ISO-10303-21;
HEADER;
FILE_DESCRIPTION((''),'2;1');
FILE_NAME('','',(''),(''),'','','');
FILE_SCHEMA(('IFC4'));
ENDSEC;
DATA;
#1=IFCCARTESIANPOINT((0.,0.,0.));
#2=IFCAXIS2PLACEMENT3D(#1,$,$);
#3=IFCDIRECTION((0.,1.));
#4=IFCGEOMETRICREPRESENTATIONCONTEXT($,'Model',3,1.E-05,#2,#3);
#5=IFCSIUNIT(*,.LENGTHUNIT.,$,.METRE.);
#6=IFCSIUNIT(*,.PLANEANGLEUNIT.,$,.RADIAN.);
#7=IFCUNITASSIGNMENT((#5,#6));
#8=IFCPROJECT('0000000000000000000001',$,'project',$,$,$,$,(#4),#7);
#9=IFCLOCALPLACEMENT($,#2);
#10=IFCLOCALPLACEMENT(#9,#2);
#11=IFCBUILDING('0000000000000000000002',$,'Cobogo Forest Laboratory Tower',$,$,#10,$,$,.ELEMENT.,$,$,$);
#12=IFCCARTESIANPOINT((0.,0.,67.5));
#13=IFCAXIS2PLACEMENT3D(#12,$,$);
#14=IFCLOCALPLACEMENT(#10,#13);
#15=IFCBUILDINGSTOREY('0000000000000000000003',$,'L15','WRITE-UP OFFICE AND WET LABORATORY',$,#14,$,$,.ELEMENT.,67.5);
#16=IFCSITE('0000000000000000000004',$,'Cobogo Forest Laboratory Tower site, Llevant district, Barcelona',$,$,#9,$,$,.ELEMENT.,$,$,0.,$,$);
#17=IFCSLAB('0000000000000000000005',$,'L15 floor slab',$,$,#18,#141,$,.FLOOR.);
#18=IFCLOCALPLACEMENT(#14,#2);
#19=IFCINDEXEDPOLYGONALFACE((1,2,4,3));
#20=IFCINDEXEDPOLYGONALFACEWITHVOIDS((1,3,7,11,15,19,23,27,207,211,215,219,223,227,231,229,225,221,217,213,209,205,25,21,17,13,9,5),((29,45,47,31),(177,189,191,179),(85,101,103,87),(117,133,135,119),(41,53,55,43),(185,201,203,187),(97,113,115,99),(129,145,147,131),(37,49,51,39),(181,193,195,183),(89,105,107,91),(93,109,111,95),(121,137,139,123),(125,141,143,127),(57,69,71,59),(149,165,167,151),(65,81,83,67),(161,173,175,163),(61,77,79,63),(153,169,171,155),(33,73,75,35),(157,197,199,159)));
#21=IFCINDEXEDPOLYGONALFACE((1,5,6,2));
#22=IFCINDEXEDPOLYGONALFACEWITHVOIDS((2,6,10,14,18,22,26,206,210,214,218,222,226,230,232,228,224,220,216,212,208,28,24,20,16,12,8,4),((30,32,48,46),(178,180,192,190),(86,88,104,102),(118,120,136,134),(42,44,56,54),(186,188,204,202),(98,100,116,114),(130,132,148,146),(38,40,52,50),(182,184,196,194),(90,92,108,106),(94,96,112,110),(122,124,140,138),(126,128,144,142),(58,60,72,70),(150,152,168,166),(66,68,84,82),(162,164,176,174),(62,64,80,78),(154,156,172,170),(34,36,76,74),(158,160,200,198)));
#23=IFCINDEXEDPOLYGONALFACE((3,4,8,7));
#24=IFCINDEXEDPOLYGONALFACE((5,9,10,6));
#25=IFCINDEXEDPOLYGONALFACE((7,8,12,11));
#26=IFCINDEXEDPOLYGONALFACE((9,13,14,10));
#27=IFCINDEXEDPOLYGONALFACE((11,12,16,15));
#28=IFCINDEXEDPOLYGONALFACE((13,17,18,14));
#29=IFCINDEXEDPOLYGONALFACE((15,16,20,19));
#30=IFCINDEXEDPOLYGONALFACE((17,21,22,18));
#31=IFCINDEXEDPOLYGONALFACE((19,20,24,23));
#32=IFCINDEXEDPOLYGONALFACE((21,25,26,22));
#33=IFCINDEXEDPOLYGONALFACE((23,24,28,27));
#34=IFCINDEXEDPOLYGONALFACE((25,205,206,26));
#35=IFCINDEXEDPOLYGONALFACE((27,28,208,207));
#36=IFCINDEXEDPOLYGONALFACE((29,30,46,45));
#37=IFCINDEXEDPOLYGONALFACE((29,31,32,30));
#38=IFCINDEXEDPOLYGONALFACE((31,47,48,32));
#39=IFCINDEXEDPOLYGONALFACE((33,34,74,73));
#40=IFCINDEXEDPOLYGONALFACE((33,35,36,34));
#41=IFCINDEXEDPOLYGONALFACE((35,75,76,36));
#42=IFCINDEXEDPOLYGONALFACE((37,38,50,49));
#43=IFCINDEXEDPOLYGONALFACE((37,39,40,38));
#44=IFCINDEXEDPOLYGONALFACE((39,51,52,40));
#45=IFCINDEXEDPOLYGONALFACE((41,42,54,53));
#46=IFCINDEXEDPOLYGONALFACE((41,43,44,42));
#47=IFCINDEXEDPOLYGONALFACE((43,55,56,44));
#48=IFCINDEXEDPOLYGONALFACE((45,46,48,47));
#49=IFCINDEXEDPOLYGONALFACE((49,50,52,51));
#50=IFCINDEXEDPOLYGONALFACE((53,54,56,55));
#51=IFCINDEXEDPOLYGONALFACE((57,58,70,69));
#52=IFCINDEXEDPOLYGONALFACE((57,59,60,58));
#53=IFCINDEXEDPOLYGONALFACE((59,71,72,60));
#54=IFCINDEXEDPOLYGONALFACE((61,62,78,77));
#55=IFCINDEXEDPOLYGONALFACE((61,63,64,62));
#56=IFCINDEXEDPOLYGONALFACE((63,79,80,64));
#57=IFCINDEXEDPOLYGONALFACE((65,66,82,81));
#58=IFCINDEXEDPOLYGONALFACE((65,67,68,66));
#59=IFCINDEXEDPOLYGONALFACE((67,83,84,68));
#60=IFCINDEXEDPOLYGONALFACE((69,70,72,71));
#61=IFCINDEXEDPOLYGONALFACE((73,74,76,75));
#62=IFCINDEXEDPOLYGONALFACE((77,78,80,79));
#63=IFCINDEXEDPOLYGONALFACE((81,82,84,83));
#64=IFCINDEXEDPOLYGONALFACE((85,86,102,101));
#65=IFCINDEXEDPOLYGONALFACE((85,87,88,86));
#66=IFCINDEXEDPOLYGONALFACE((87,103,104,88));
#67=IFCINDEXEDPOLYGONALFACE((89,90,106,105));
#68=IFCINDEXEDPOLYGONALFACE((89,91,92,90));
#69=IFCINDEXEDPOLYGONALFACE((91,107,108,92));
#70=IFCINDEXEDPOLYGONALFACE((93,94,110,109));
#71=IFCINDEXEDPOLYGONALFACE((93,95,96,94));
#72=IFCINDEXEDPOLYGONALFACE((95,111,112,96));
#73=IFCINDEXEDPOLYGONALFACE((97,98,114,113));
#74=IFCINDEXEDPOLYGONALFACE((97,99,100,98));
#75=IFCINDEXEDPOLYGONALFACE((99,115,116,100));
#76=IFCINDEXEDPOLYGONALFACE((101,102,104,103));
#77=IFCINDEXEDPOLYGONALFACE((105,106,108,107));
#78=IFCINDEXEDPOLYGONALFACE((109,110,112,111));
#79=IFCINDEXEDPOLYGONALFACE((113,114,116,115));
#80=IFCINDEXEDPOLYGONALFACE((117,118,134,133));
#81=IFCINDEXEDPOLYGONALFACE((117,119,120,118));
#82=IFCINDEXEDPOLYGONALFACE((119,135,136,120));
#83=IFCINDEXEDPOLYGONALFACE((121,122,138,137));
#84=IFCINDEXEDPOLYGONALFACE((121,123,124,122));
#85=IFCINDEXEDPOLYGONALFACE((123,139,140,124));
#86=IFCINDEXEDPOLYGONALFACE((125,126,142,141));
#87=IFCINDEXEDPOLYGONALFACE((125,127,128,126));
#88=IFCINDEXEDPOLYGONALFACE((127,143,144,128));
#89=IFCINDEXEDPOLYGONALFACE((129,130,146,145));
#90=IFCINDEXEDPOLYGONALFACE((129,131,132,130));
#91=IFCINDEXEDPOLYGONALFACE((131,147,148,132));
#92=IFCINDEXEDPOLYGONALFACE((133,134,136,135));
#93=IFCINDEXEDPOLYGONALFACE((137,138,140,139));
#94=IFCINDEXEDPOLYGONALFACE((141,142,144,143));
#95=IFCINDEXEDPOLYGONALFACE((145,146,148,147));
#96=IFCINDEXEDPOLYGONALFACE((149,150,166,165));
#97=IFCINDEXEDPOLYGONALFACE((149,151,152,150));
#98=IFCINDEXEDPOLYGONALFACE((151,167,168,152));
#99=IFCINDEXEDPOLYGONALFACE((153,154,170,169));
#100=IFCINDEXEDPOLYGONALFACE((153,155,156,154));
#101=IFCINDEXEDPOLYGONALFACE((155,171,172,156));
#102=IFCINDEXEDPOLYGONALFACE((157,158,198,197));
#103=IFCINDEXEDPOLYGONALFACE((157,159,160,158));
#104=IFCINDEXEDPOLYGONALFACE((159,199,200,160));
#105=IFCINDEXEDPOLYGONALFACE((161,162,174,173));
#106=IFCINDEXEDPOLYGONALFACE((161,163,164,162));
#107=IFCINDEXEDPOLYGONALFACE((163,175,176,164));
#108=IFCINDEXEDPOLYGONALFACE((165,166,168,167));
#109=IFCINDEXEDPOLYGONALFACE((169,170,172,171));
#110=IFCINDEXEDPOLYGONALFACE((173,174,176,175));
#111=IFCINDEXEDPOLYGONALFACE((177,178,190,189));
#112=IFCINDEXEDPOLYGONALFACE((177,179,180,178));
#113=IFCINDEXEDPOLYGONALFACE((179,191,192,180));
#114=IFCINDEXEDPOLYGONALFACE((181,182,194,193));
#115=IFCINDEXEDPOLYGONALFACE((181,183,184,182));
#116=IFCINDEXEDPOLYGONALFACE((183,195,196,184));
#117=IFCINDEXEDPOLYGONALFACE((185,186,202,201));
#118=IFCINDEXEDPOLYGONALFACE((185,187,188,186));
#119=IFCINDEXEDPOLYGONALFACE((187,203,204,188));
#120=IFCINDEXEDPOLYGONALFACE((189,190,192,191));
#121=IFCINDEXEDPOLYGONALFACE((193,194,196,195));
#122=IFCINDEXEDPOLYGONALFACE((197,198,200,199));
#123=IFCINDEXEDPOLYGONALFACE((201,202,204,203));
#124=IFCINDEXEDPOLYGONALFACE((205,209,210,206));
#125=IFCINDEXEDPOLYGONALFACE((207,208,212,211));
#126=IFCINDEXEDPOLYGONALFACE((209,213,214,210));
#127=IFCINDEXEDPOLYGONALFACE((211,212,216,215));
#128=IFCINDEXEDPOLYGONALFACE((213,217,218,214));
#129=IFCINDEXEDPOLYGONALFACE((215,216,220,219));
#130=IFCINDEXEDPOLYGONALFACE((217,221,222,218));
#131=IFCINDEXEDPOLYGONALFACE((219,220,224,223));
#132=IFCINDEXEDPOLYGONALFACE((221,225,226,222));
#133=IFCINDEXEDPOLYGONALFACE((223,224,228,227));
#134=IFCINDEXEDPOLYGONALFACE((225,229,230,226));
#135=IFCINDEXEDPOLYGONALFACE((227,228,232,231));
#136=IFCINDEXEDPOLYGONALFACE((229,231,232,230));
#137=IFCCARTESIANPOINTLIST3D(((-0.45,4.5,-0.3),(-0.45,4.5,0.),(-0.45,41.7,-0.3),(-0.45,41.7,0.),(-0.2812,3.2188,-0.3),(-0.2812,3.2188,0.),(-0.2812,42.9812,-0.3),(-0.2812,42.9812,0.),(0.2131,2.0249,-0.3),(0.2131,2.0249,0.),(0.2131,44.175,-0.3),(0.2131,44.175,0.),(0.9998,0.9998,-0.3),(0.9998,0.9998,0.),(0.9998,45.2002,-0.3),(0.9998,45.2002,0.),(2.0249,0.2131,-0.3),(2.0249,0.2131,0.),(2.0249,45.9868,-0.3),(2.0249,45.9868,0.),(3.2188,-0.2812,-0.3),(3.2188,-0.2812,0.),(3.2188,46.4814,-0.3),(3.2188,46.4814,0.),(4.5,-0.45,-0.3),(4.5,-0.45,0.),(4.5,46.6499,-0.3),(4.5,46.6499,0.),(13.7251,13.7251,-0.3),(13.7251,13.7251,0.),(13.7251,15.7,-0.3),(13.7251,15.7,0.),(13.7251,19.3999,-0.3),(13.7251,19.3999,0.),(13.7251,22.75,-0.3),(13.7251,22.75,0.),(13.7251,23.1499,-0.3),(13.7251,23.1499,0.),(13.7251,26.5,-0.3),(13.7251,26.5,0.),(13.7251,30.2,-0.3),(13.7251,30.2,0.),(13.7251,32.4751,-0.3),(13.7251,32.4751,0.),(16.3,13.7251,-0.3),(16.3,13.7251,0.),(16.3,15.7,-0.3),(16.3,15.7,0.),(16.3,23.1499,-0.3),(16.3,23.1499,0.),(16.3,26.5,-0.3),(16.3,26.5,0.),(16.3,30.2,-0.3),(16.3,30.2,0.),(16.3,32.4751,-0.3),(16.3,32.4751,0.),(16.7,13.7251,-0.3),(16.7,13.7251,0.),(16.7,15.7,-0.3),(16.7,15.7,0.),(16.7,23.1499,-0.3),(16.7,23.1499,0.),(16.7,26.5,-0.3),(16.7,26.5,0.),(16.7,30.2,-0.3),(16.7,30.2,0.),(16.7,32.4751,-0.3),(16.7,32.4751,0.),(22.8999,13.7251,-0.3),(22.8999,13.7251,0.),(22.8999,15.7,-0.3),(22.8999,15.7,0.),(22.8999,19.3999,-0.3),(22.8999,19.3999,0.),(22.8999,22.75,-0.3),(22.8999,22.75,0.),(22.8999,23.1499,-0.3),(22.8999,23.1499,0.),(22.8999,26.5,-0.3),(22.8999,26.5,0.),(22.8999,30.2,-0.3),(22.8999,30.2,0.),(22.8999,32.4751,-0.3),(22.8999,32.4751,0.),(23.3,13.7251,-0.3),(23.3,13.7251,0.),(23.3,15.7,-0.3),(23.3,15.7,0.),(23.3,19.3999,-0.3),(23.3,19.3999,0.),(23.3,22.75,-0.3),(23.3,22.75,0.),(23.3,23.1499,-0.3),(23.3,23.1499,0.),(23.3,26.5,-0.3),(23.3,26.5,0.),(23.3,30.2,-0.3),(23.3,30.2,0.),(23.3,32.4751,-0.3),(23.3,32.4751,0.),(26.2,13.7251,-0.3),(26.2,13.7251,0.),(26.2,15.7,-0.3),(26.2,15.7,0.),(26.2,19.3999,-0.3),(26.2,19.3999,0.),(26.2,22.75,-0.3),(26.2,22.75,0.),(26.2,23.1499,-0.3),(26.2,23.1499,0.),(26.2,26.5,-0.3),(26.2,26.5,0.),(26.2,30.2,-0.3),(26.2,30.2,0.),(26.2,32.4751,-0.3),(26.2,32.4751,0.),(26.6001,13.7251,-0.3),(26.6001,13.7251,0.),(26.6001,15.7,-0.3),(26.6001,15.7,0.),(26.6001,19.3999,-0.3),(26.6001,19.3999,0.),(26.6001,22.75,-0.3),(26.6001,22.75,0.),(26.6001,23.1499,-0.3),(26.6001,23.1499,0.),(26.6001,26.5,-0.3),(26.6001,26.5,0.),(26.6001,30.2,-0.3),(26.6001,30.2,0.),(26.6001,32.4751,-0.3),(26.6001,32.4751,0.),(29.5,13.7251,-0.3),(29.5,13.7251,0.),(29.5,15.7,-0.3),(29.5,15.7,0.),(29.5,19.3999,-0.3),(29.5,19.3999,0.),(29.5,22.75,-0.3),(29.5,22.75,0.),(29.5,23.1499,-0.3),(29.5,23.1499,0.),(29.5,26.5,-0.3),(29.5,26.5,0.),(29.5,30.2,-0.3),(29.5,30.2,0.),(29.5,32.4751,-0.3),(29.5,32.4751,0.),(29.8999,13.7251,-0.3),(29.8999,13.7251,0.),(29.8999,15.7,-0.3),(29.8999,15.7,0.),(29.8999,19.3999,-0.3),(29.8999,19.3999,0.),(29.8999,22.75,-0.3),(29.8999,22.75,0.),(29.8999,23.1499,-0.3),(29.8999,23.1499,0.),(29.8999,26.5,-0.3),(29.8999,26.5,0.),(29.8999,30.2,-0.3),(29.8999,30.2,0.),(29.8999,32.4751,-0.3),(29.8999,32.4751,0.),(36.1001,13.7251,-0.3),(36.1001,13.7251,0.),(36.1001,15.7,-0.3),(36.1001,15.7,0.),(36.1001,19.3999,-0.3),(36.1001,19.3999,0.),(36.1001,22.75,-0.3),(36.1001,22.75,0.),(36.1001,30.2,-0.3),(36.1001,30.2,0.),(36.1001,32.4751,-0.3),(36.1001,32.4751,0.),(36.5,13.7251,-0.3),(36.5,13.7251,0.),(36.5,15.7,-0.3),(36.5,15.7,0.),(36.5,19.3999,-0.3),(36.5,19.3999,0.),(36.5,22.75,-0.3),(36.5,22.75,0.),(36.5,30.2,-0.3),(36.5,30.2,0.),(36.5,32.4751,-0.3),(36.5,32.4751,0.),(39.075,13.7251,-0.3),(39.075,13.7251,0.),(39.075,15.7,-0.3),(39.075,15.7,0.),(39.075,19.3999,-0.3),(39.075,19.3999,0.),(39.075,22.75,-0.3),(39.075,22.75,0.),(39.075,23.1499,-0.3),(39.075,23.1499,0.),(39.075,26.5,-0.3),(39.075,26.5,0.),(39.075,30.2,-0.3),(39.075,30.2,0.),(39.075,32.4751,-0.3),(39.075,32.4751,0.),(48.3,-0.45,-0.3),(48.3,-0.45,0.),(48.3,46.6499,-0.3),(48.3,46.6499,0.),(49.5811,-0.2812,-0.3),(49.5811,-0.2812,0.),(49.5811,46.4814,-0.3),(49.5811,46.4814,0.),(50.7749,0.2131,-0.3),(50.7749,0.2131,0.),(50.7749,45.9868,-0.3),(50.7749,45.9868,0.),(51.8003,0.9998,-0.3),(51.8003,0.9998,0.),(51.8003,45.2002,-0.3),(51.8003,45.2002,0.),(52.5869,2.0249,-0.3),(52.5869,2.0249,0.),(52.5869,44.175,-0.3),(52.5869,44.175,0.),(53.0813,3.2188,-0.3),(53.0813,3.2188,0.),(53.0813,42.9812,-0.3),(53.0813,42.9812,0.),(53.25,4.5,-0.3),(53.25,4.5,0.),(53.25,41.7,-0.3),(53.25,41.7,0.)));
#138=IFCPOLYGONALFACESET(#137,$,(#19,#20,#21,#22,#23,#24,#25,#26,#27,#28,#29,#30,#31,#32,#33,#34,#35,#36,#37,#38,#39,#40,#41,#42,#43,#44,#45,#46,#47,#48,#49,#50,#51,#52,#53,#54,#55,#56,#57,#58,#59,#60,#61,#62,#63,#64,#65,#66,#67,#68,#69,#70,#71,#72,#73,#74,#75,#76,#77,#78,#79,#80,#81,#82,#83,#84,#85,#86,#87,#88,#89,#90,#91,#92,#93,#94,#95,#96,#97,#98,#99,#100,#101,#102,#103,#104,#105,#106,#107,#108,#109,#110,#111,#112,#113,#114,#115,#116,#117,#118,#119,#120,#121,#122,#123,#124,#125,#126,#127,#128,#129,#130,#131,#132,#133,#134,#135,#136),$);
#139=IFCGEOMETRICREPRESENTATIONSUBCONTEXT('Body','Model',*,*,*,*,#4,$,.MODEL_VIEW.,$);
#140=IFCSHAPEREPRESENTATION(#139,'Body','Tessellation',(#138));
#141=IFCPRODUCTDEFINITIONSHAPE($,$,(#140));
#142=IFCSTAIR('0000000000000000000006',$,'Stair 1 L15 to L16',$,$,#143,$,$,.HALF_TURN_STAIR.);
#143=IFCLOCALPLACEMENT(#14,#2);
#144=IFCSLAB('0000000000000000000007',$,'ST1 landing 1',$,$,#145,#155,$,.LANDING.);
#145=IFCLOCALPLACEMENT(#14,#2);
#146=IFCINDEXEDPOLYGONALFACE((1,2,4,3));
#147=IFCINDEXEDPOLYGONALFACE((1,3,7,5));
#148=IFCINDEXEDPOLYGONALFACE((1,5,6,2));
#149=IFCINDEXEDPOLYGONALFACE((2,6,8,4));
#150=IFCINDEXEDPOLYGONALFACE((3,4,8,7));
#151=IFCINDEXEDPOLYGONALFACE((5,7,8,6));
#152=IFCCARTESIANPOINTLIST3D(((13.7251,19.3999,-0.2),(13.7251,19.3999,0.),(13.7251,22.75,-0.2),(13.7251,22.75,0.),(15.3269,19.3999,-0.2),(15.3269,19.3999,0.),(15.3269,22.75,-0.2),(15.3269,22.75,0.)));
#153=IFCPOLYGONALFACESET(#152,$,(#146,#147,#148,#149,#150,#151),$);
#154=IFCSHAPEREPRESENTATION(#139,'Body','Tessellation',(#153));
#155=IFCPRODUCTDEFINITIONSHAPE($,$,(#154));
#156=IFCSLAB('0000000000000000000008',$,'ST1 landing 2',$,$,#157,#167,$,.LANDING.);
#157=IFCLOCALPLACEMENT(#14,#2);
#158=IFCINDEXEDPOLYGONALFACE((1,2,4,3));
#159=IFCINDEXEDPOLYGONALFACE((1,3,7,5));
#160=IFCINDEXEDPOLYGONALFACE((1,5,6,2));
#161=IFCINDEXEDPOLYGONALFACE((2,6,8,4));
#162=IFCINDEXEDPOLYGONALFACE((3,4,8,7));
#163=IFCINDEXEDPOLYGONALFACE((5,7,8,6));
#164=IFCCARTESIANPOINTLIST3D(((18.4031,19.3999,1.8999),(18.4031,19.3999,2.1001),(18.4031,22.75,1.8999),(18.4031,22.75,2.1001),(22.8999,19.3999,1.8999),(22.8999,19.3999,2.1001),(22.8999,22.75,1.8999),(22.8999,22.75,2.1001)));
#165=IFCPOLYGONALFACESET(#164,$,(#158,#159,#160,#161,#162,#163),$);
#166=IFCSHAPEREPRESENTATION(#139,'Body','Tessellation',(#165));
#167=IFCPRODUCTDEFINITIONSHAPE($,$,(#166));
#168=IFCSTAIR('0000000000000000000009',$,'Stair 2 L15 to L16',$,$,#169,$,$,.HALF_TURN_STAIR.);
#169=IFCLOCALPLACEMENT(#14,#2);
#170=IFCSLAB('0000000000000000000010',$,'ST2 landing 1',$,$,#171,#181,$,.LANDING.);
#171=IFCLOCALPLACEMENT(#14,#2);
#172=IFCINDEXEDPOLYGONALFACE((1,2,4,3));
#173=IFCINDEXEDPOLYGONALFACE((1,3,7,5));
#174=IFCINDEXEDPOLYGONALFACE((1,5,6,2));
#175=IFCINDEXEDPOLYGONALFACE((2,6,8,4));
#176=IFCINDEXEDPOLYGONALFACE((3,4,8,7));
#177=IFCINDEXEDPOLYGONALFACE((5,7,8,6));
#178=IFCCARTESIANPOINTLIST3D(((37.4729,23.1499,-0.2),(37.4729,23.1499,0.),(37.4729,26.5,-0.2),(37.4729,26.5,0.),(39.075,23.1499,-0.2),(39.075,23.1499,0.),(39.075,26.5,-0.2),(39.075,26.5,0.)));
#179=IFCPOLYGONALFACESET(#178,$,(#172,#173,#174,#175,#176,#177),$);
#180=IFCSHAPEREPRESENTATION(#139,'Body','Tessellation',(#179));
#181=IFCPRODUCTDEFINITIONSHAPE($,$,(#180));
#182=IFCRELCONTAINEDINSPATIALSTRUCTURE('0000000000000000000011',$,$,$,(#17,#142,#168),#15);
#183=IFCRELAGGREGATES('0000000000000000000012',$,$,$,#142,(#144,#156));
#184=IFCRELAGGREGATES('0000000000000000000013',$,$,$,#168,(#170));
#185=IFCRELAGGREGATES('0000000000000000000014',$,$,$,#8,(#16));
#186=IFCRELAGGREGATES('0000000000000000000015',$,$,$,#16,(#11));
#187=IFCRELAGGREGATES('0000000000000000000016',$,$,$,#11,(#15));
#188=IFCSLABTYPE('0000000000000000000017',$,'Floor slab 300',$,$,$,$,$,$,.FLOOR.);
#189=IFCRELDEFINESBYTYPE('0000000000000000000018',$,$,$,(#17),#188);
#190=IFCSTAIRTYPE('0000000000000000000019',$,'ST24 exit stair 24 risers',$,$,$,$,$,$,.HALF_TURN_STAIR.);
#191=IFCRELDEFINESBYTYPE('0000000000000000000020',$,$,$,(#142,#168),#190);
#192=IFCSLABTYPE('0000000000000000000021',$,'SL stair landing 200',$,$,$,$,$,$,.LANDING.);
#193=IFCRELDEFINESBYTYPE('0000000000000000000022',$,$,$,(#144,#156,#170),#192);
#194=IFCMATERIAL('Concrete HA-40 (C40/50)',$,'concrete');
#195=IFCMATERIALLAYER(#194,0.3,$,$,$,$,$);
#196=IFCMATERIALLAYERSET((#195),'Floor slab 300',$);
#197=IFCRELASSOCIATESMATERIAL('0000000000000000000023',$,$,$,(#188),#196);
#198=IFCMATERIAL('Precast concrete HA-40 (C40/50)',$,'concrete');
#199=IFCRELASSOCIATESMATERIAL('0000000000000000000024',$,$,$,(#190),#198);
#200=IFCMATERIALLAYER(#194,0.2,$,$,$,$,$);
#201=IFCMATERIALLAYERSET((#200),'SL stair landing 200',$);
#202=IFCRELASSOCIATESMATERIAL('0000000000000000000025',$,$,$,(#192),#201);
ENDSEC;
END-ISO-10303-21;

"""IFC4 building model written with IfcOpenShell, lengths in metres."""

from ifc_helpers import new_model, si_unit, direction, frame, origin, place, context, subcontext, project, spatial, polyline, outline, extrude, material, layer, layer_set, type_object, element, aggregate, save


model = new_model("IFC4")

# Units and contexts
model_context = context("Model", 3, precision=1e-05, world=origin(), true_north=direction((0.0, 1.0)))
body_context = subcontext(model_context, "Body", "Model", "MODEL_VIEW")
ifc_project = project(units=[si_unit("LENGTHUNIT", "METRE"), si_unit("PLANEANGLEUNIT", "RADIAN")], contexts=[model_context])

# Site, building, storey
site_placement = place(None, origin())
site = spatial("IfcSite", under=ifc_project, at=site_placement, Name="Cobogo Forest Laboratory Tower site, Llevant district, Barcelona", CompositionType="ELEMENT", RefElevation=0.0)
building_placement = place(site_placement, origin())
building = spatial("IfcBuilding", under=site, at=building_placement, Name="Cobogo Forest Laboratory Tower", CompositionType="ELEMENT")
storey_placement = place(building_placement, frame((0.0, 0.0, 67.5)))
storey = spatial("IfcBuildingStorey", under=building, at=storey_placement, Name="L15", Description="WRITE-UP OFFICE AND WET LABORATORY", CompositionType="ELEMENT", Elevation=67.5)

# Slab
ifc_material_1 = material(Name="Concrete HA-40 (C40/50)", Category="concrete")
ifc_layer_1 = layer(ifc_material_1, 0.3)
ifc_layer_set_1 = layer_set([ifc_layer_1], Name="Floor slab 300")
slab_type_1 = type_object("IfcSlabType", Name="Floor slab 300", PredefinedType="FLOOR", material=ifc_layer_set_1)
slab_1_placement = place(storey_placement, frame((0.0, 0.0, -0.3)))
element("IfcSlab", 1, at=slab_1_placement, inside=storey, type_object=slab_type_1, Name="L15 floor slab", PredefinedType="FLOOR", context=body_context, shape_type="SweptSolid", body=[
    extrude(outline(polyline([(48.3, -0.45), (49.5811, -0.2812), (50.7749, 0.2131), (51.8003, 0.9998), (52.5869, 2.0249), (53.0813, 3.2188), (53.25, 4.5), (53.25, 41.7), (53.0813, 42.9812), (52.5869, 44.175), (51.8003, 45.2002), (50.7749, 45.9868), (49.5811, 46.4814), (48.3, 46.6499), (4.5, 46.6499), (3.2188, 46.4814), (2.0249, 45.9868), (0.9998, 45.2002), (0.2131, 44.175), (-0.2812, 42.9812), (-0.45, 41.7), (-0.45, 4.5), (-0.2812, 3.2188), (0.2131, 2.0249), (0.9998, 0.9998), (2.0249, 0.2131), (3.2188, -0.2812), (4.5, -0.45), (48.3, -0.45)]), holes=[polyline([(16.3, 13.7251), (13.7251, 13.7251), (13.7251, 15.7), (16.3, 15.7), (16.3, 13.7251)]), polyline([(22.8999, 15.7), (22.8999, 13.7251), (16.7, 13.7251), (16.7, 15.7), (22.8999, 15.7)]), polyline([(23.3, 13.7251), (23.3, 15.7), (26.2, 15.7), (26.2, 13.7251), (23.3, 13.7251)]), polyline([(29.5, 13.7251), (26.6001, 13.7251), (26.6001, 15.7), (29.5, 15.7), (29.5, 13.7251)]), polyline([(36.1001, 15.7), (36.1001, 13.7251), (29.8999, 13.7251), (29.8999, 15.7), (36.1001, 15.7)]), polyline([(36.5, 13.7251), (36.5, 15.7), (39.075, 15.7), (39.075, 13.7251), (36.5, 13.7251)]), polyline([(13.7251, 19.3999), (13.7251, 22.75), (22.8999, 22.75), (22.8999, 19.3999), (13.7251, 19.3999)]), polyline([(23.3, 19.3999), (23.3, 22.75), (26.2, 22.75), (26.2, 19.3999), (23.3, 19.3999)]), polyline([(26.6001, 19.3999), (26.6001, 22.75), (29.5, 22.75), (29.5, 19.3999), (26.6001, 19.3999)]), polyline([(36.1001, 22.75), (36.1001, 19.3999), (29.8999, 19.3999), (29.8999, 22.75), (36.1001, 22.75)]), polyline([(39.075, 19.3999), (36.5, 19.3999), (36.5, 22.75), (39.075, 22.75), (39.075, 19.3999)]), polyline([(13.7251, 23.1499), (13.7251, 26.5), (16.3, 26.5), (16.3, 23.1499), (13.7251, 23.1499)]), polyline([(22.8999, 26.5), (22.8999, 23.1499), (16.7, 23.1499), (16.7, 26.5), (22.8999, 26.5)]), polyline([(23.3, 23.1499), (23.3, 26.5), (26.2, 26.5), (26.2, 23.1499), (23.3, 23.1499)]), polyline([(26.6001, 23.1499), (26.6001, 26.5), (29.5, 26.5), (29.5, 23.1499), (26.6001, 23.1499)]), polyline([(29.8999, 23.1499), (29.8999, 26.5), (39.075, 26.5), (39.075, 23.1499), (29.8999, 23.1499)]), polyline([(13.7251, 30.2), (13.7251, 32.4751), (16.3, 32.4751), (16.3, 30.2), (13.7251, 30.2)]), polyline([(22.8999, 32.4751), (22.8999, 30.2), (16.7, 30.2), (16.7, 32.4751), (22.8999, 32.4751)]), polyline([(23.3, 30.2), (23.3, 32.4751), (26.2, 32.4751), (26.2, 30.2), (23.3, 30.2)]), polyline([(26.6001, 30.2), (26.6001, 32.4751), (29.5, 32.4751), (29.5, 30.2), (26.6001, 30.2)]), polyline([(36.1001, 32.4751), (36.1001, 30.2), (29.8999, 30.2), (29.8999, 32.4751), (36.1001, 32.4751)]), polyline([(36.5, 30.2), (36.5, 32.4751), (39.075, 32.4751), (39.075, 30.2), (36.5, 30.2)])]), origin(), (0.0, 0.0, 1.0), 0.3),
])

# Stairs, slabs
ifc_material_2 = material(Name="Precast concrete HA-40 (C40/50)", Category="concrete")
stair_type = type_object("IfcStairType", Name="ST24 exit stair 24 risers", PredefinedType="HALF_TURN_STAIR", material=ifc_material_2)
stair_1_placement = place(storey_placement, origin())
stair_1 = element("IfcStair", 2, at=stair_1_placement, inside=storey, type_object=stair_type, Name="Stair 1 L15 to L16", PredefinedType="HALF_TURN_STAIR")
ifc_layer_2 = layer(ifc_material_1, 0.2)
ifc_layer_set_2 = layer_set([ifc_layer_2], Name="SL stair landing 200")
slab_type_2 = type_object("IfcSlabType", Name="SL stair landing 200", PredefinedType="LANDING", material=ifc_layer_set_2)
slab_2_placement = place(storey_placement, frame((0.0, 0.0, -0.2)))
slab_2 = element("IfcSlab", 3, at=slab_2_placement, type_object=slab_type_2, Name="ST1 landing 1", PredefinedType="LANDING", context=body_context, shape_type="SweptSolid", body=[
    extrude(outline(polyline([(13.7251, 19.3999), (15.3269, 19.3999), (15.3269, 22.75), (13.7251, 22.75), (13.7251, 19.3999)])), origin(), (0.0, 0.0, 1.0), 0.2),
])
slab_3_placement = place(storey_placement, frame((0.0, 0.0, 1.8999)))
slab_3 = element("IfcSlab", 4, at=slab_3_placement, type_object=slab_type_2, Name="ST1 landing 2", PredefinedType="LANDING", context=body_context, shape_type="SweptSolid", body=[
    extrude(outline(polyline([(18.4031, 19.3999), (22.8999, 19.3999), (22.8999, 22.75), (18.4031, 22.75), (18.4031, 19.3999)])), origin(), (0.0, 0.0, 1.0), 0.2002),
])
aggregate(stair_1, [slab_2, slab_3])
stair_2_placement = place(storey_placement, origin())
stair_2 = element("IfcStair", 5, at=stair_2_placement, inside=storey, type_object=stair_type, Name="Stair 2 L15 to L16", PredefinedType="HALF_TURN_STAIR")
slab_4_placement = place(storey_placement, frame((0.0, 0.0, -0.2)))
slab_4 = element("IfcSlab", 6, at=slab_4_placement, type_object=slab_type_2, Name="ST2 landing 1", PredefinedType="LANDING", context=body_context, shape_type="SweptSolid", body=[
    extrude(outline(polyline([(37.4729, 23.1499), (39.075, 23.1499), (39.075, 26.5), (37.4729, 26.5), (37.4729, 23.1499)])), origin(), (0.0, 0.0, 1.0), 0.2),
])
aggregate(stair_2, [slab_4])

save(model, "model.ifc")
